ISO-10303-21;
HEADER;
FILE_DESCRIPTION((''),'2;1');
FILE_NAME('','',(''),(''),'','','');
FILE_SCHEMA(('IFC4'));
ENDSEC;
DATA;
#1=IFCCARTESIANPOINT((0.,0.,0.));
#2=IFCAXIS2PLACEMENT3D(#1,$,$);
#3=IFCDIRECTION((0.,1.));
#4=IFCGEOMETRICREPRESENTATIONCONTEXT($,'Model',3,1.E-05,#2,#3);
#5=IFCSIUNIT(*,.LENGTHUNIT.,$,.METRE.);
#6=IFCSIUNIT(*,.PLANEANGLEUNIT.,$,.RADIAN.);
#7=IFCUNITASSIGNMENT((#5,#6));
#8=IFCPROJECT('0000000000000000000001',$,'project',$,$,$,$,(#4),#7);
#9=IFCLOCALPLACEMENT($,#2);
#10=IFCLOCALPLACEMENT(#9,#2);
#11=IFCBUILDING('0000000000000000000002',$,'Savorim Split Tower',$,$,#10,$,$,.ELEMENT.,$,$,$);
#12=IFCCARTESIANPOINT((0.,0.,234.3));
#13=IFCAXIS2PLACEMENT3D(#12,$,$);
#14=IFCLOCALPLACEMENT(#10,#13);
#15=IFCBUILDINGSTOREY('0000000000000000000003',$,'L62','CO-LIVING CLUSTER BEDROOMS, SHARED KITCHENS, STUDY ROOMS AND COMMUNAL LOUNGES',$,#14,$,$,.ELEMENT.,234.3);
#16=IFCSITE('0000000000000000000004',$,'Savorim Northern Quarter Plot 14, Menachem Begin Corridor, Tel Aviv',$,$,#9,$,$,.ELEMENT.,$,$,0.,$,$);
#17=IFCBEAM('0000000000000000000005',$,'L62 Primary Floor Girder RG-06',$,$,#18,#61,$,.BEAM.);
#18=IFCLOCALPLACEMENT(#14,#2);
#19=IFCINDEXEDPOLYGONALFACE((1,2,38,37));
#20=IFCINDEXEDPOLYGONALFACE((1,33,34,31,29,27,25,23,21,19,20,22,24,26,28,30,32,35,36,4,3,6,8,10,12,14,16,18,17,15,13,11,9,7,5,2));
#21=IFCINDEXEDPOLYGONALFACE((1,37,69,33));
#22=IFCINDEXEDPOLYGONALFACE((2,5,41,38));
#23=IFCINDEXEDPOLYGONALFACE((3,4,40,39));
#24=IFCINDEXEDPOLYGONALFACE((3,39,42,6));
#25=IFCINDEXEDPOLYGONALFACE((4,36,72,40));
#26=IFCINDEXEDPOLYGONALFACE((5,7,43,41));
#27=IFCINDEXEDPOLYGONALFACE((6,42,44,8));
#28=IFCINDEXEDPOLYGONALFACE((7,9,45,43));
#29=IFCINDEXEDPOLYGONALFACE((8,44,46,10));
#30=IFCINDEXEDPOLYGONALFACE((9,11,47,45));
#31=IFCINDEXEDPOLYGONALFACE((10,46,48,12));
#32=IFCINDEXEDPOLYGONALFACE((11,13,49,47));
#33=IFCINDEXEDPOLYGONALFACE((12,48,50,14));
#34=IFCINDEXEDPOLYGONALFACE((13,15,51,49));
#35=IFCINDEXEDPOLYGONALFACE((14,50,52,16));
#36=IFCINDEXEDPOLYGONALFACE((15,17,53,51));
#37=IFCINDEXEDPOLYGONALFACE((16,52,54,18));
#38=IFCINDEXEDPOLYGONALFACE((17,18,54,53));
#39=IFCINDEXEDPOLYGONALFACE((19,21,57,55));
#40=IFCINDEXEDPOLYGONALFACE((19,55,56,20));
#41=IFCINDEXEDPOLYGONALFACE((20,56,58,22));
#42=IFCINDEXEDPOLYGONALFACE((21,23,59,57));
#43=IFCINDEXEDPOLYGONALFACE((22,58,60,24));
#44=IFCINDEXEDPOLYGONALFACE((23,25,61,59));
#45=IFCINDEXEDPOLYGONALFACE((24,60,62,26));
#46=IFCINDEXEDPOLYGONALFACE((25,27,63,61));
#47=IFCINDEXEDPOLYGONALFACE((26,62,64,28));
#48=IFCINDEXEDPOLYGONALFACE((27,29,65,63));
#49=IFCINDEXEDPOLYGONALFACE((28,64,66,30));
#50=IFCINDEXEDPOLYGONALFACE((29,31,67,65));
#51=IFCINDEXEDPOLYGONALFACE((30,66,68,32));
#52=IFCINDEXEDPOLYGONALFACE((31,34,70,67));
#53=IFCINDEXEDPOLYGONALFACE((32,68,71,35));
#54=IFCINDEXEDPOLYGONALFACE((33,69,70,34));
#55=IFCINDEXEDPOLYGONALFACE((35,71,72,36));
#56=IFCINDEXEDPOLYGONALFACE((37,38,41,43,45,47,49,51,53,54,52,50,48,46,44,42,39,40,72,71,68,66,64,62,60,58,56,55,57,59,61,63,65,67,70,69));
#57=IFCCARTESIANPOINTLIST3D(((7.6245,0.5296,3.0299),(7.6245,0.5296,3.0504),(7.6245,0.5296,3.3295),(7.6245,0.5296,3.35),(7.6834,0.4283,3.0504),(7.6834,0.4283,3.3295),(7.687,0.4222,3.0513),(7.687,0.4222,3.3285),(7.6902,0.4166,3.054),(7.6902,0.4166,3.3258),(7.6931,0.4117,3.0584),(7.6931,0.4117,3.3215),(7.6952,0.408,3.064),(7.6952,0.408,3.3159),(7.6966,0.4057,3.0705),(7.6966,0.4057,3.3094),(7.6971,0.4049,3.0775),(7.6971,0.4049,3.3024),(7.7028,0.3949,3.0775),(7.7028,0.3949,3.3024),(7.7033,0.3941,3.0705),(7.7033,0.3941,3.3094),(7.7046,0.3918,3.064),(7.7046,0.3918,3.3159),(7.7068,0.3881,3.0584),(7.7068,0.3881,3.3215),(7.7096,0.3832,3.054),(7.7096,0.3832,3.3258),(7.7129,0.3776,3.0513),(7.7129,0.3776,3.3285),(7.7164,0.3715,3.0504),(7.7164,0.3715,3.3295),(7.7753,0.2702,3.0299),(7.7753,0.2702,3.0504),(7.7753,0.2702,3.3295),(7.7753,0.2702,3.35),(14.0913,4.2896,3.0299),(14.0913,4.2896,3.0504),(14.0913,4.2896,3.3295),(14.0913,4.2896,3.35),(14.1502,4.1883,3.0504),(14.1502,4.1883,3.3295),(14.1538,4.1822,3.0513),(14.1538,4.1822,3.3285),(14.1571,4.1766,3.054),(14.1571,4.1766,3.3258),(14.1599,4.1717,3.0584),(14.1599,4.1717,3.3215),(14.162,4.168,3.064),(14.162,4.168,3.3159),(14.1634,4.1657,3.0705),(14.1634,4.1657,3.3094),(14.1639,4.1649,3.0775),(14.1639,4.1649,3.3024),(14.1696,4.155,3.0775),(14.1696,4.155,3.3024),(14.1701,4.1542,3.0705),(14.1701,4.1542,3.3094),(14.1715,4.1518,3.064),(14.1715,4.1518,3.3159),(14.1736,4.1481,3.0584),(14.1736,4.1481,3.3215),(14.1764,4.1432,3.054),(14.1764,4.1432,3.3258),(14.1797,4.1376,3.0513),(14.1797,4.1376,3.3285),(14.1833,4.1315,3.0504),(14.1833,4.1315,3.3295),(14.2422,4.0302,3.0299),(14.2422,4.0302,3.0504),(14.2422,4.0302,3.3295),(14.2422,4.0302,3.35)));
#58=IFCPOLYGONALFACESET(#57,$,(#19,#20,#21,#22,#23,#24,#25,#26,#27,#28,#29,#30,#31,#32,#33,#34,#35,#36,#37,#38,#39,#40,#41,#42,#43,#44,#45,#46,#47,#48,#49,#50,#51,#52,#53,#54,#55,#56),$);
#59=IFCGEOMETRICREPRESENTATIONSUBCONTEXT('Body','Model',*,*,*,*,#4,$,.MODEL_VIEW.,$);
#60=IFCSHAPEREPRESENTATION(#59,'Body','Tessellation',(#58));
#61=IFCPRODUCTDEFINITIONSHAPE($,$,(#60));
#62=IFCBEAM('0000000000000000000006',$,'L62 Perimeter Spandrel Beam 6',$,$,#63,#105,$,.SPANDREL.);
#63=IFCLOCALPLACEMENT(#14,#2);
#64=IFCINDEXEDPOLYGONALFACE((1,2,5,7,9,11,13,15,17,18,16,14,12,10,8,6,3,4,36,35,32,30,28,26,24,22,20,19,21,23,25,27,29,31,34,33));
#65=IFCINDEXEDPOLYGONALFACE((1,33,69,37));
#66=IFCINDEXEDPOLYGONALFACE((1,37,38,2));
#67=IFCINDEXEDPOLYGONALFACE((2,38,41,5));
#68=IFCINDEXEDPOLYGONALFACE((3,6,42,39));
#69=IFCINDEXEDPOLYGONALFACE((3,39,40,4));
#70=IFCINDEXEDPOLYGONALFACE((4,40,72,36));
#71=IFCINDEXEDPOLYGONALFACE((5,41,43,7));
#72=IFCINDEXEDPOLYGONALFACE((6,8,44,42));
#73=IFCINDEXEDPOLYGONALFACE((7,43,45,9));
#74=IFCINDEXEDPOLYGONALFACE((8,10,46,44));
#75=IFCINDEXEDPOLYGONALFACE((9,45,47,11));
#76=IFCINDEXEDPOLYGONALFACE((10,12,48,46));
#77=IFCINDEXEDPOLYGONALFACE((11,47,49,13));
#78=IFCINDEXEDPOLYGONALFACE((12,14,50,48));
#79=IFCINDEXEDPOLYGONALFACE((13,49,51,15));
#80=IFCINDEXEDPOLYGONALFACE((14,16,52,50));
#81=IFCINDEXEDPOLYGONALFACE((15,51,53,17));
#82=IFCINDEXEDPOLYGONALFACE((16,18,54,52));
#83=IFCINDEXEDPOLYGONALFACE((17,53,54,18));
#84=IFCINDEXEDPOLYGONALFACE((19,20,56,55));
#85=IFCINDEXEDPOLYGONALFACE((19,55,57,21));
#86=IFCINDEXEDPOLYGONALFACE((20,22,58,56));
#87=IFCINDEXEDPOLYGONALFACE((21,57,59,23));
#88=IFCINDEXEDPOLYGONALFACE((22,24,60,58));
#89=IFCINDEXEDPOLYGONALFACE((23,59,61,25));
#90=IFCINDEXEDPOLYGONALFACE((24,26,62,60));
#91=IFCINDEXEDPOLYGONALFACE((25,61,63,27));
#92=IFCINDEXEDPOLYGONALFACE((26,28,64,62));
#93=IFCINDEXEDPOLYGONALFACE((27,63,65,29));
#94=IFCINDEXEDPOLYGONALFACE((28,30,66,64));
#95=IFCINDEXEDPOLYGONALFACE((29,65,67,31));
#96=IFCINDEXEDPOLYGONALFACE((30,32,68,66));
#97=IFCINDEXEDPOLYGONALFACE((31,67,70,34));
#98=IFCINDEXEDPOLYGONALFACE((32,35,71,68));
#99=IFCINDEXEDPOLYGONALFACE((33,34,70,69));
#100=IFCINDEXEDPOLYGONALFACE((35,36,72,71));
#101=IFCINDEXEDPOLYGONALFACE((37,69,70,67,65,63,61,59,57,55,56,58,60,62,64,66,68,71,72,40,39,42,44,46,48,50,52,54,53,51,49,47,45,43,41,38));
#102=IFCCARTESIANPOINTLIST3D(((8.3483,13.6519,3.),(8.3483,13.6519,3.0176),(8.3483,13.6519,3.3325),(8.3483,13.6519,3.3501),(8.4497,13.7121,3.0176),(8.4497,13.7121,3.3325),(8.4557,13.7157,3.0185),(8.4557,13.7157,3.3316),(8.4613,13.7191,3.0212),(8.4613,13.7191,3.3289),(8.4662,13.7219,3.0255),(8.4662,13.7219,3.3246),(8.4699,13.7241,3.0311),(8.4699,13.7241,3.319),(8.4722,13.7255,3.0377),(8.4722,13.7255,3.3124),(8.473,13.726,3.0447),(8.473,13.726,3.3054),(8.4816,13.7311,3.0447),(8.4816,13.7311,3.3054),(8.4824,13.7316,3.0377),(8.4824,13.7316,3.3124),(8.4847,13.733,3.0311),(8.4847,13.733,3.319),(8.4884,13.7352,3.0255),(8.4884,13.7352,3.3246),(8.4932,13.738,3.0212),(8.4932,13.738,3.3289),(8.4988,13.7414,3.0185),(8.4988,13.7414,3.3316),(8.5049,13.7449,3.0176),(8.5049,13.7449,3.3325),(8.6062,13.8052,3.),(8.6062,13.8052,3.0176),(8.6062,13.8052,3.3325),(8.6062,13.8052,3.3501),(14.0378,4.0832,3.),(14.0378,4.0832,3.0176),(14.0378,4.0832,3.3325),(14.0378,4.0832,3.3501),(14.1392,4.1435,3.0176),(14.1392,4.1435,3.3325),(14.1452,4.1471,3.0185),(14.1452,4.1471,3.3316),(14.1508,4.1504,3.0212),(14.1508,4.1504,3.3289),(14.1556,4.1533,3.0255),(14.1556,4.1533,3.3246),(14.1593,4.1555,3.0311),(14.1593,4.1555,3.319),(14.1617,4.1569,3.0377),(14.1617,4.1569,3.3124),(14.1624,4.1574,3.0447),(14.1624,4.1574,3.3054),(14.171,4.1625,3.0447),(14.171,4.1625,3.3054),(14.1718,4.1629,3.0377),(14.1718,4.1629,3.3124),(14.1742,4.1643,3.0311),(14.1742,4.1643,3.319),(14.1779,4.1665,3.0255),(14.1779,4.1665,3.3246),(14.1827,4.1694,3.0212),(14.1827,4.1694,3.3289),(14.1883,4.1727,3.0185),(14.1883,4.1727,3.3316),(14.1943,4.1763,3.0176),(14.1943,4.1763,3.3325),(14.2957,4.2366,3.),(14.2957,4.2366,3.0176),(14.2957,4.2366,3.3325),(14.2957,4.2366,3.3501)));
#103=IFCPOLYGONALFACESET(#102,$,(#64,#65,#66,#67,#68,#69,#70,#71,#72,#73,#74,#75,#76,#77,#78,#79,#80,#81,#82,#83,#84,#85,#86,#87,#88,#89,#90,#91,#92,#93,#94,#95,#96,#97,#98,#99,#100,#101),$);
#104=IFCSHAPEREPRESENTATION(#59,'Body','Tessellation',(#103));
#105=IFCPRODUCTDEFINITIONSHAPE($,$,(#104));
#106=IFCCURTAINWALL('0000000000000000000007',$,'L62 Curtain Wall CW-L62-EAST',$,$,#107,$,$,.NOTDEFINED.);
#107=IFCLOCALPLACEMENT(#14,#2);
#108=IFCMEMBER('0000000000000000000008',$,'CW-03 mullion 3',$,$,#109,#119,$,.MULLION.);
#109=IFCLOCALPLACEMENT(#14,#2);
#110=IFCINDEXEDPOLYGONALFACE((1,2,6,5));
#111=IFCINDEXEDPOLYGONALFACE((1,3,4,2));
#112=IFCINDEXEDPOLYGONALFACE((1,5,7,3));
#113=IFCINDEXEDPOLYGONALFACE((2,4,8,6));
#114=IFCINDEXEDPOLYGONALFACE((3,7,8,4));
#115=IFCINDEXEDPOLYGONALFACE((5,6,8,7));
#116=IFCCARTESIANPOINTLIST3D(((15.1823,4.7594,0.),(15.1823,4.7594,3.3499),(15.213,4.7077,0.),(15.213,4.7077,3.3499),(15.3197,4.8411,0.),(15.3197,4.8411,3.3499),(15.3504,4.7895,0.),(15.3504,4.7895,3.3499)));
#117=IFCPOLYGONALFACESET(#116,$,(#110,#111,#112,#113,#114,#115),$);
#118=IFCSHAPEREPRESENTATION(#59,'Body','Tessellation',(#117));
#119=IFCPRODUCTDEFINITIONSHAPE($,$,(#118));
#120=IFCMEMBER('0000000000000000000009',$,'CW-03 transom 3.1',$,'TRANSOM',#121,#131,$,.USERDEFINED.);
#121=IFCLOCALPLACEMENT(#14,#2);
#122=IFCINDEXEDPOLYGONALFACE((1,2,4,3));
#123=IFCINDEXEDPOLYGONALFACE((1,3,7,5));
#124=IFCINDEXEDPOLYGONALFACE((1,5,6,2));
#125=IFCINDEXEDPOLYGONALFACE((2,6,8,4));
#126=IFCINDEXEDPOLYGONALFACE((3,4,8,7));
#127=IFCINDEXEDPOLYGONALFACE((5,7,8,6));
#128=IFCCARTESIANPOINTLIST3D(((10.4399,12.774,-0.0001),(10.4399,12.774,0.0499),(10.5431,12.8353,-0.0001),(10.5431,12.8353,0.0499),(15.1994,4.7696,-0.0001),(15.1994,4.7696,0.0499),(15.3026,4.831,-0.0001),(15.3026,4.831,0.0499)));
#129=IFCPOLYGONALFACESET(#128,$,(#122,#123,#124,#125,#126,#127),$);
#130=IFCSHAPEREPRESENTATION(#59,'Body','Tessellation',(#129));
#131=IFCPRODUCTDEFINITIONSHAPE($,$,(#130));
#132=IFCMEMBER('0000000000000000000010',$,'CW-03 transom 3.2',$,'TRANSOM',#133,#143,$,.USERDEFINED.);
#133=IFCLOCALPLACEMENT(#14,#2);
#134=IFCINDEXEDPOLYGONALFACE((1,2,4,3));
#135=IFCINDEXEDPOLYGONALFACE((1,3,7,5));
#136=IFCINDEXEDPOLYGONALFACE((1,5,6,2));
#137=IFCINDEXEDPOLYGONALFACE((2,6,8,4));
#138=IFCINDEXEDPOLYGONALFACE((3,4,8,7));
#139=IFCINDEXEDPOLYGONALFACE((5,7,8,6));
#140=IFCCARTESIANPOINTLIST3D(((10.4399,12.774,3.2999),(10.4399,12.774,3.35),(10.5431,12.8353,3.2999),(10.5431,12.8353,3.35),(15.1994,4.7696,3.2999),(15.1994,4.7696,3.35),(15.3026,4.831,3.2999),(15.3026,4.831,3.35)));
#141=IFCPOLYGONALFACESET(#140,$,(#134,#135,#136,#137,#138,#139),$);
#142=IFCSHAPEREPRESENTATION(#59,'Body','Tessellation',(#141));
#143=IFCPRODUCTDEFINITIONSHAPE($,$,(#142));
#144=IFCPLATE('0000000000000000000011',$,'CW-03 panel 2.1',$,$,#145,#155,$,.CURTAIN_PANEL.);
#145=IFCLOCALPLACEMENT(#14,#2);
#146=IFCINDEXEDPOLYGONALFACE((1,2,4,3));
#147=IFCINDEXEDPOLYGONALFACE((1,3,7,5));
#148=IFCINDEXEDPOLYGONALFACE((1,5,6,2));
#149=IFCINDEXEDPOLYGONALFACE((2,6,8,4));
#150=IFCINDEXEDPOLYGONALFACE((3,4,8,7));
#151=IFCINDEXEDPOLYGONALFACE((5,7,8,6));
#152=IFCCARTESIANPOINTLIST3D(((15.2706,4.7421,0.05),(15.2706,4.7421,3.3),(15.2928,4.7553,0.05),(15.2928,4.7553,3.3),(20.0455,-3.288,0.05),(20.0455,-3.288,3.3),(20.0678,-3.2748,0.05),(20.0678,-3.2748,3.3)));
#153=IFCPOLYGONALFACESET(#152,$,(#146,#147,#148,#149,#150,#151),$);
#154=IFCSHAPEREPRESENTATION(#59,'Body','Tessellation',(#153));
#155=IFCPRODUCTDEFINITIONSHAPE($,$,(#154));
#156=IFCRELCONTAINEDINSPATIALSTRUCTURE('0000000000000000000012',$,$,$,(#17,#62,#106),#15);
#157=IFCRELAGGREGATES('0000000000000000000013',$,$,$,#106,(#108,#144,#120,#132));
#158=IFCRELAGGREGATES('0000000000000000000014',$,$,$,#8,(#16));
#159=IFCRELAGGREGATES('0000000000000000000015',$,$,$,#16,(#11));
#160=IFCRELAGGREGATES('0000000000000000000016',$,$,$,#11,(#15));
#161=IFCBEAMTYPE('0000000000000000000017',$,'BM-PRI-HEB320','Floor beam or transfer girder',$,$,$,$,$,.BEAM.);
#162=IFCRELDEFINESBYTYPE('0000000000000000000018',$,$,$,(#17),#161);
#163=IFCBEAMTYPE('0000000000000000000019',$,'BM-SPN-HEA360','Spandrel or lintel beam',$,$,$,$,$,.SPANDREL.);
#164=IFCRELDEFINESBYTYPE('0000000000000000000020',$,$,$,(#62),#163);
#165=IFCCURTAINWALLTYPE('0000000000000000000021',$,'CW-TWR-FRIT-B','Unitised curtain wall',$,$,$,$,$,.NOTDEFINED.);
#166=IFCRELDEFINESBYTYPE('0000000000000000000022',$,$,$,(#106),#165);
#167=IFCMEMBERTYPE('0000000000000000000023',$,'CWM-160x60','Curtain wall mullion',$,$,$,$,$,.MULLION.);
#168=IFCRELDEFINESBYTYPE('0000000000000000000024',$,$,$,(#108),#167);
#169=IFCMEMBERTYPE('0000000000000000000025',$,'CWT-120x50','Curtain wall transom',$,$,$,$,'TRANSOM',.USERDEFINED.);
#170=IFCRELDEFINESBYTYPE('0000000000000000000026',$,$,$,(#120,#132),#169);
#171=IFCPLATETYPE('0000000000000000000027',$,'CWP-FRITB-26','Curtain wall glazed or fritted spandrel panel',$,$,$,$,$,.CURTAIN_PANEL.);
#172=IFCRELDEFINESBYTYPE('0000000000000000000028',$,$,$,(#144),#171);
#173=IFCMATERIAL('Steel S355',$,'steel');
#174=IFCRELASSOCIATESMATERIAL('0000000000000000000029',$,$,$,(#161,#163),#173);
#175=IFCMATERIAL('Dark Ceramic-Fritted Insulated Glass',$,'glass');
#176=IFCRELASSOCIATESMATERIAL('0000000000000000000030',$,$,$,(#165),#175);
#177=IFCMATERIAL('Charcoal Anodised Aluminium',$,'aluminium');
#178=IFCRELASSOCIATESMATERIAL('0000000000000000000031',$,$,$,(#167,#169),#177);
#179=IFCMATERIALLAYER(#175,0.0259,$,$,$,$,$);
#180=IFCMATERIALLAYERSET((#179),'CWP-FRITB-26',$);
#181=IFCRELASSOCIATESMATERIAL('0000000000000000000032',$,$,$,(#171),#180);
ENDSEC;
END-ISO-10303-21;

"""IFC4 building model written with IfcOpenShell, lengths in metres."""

from ifc_helpers import new_model, si_unit, direction, frame, origin, origin_2d, place, context, subcontext, project, spatial, rectangle, i_section, extrude, material, layer, layer_set, material_profile, profile_set, type_object, element, aggregate, save


model = new_model("IFC4")

# Units and contexts
model_context = context("Model", 3, precision=1e-05, world=origin(), true_north=direction((0.0, 1.0)))
body_context = subcontext(model_context, "Body", "Model", "MODEL_VIEW")
ifc_project = project(units=[si_unit("LENGTHUNIT", "METRE"), si_unit("PLANEANGLEUNIT", "RADIAN")], contexts=[model_context])

# Site, building, storey
site_placement = place(None, origin())
site = spatial("IfcSite", under=ifc_project, at=site_placement, Name="Savorim Northern Quarter Plot 14, Menachem Begin Corridor, Tel Aviv", CompositionType="ELEMENT", RefElevation=0.0)
building_placement = place(site_placement, origin())
building = spatial("IfcBuilding", under=site, at=building_placement, Name="Savorim Split Tower", CompositionType="ELEMENT")
storey_placement = place(building_placement, frame((0.0, 0.0, 234.3)))
storey = spatial("IfcBuildingStorey", under=building, at=storey_placement, Name="L62", Description="CO-LIVING CLUSTER BEDROOMS, SHARED KITCHENS, STUDY ROOMS AND COMMUNAL LOUNGES", CompositionType="ELEMENT", Elevation=234.3)

# Shared definitions
ifc_material_1 = material(Name="Steel S355", Category="steel")

# Beams
ifc_material_profile_1 = material_profile(ifc_material_1, i_section(OverallWidth=0.3, OverallDepth=0.3201, WebThickness=0.0115, FlangeThickness=0.0205, FilletRadius=0.0271, at=origin_2d()), Name="HEB 320")
ifc_profile_set_1 = profile_set([ifc_material_profile_1], Name="Steel S355")
beam_type_1 = type_object("IfcBeamType", Name="BM-PRI-HEB320", Description="Floor beam or transfer girder", PredefinedType="BEAM", material=ifc_profile_set_1)
beam_1_placement = place(storey_placement, frame((14.1667, 4.1599, 3.1899), z_axis=(-0.864493, -0.502645, 0.0), x_axis=(0.502645, -0.864493, 0.0)))
element("IfcBeam", 1, at=beam_1_placement, inside=storey, type_object=beam_type_1, Name="L62 Primary Floor Girder RG-06", PredefinedType="BEAM", context=body_context, shape_type="SweptSolid", body=[
    extrude(i_section(OverallWidth=0.3, OverallDepth=0.3201, WebThickness=0.0115, FlangeThickness=0.0205, FilletRadius=0.0271, at=origin_2d()), origin(), (0.0, 0.0, 1.0), 7.4805),
])
ifc_material_profile_2 = material_profile(ifc_material_1, i_section(OverallWidth=0.3, OverallDepth=0.3501, WebThickness=0.01, FlangeThickness=0.0176, FilletRadius=0.0271, at=origin_2d()), Name="HEA 360")
ifc_profile_set_2 = profile_set([ifc_material_profile_2], Name="Steel S355")
beam_type_2 = type_object("IfcBeamType", Name="BM-SPN-HEA360", Description="Spandrel or lintel beam", PredefinedType="SPANDREL", material=ifc_profile_set_2)
beam_2_placement = place(storey_placement, frame((14.1667, 4.1599, 3.175), z_axis=(-0.511076, 0.859535, 0.0), x_axis=(-0.859535, -0.511076, 0.0)))
element("IfcBeam", 2, at=beam_2_placement, inside=storey, type_object=beam_type_2, Name="L62 Perimeter Spandrel Beam 6", PredefinedType="SPANDREL", context=body_context, shape_type="SweptSolid", body=[
    extrude(i_section(OverallWidth=0.3, OverallDepth=0.3501, WebThickness=0.01, FlangeThickness=0.0176, FilletRadius=0.0271, at=origin_2d()), origin(), (0.0, 0.0, 1.0), 11.1323),
])

# Curtain wall, members, plate
ifc_material_2 = material(Name="Dark Ceramic-Fritted Insulated Glass", Category="glass")
curtain_wall_type = type_object("IfcCurtainWallType", Name="CW-TWR-FRIT-B", Description="Unitised curtain wall", PredefinedType="NOTDEFINED", material=ifc_material_2)
curtain_wall_placement = place(storey_placement, origin())
curtain_wall = element("IfcCurtainWall", 3, at=curtain_wall_placement, inside=storey, type_object=curtain_wall_type, Name="L62 Curtain Wall CW-L62-EAST", PredefinedType="NOTDEFINED")
ifc_material_3 = material(Name="Charcoal Anodised Aluminium", Category="aluminium")
ifc_material_profile_3 = material_profile(ifc_material_3, rectangle(XDim=0.1599, YDim=0.0601, at=origin_2d()), Name="ALU-M 160x60")
ifc_profile_set_3 = profile_set([ifc_material_profile_3], Name="Charcoal Anodised Aluminium")
member_type_1 = type_object("IfcMemberType", Name="CWM-160x60", Description="Curtain wall mullion", PredefinedType="MULLION", material=ifc_profile_set_3)
member_1_placement = place(storey_placement, frame((15.2664, 4.7744, 0.0), z_axis=(0.0, 0.0, 1.0), x_axis=(-0.859524, -0.511096, 0.0)))
member_1 = element("IfcMember", 4, at=member_1_placement, type_object=member_type_1, Name="CW-03 mullion 3", PredefinedType="MULLION", context=body_context, shape_type="SweptSolid", body=[
    extrude(rectangle(XDim=0.1599, YDim=0.0601, at=origin_2d()), origin(), (0.0, 0.0, 1.0), 3.3499),
])
ifc_material_profile_4 = material_profile(ifc_material_3, rectangle(XDim=0.1201, YDim=0.05, at=origin_2d()), Name="ALU-T 120x50")
ifc_profile_set_4 = profile_set([ifc_material_profile_4], Name="Charcoal Anodised Aluminium")
member_type_2 = type_object("IfcMemberType", Name="CWT-120x50", Description="Curtain wall transom", ElementType="TRANSOM", PredefinedType="USERDEFINED", material=ifc_profile_set_4)
member_2_placement = place(storey_placement, frame((15.251, 4.8003, 0.0249), z_axis=(-0.511087, 0.859529, 0.0), x_axis=(-0.859529, -0.511087, 0.0)))
member_2 = element("IfcMember", 5, at=member_2_placement, type_object=member_type_2, Name="CW-03 transom 3.1", ObjectType="TRANSOM", PredefinedType="USERDEFINED", context=body_context, shape_type="SweptSolid", body=[
    extrude(rectangle(XDim=0.1201, YDim=0.05, at=origin_2d()), origin(), (0.0, 0.0, 1.0), 9.3125),
])
member_3_placement = place(storey_placement, frame((15.251, 4.8003, 3.325), z_axis=(-0.511087, 0.859529, 0.0), x_axis=(-0.859529, -0.511087, 0.0)))
member_3 = element("IfcMember", 6, at=member_3_placement, type_object=member_type_2, Name="CW-03 transom 3.2", ObjectType="TRANSOM", PredefinedType="USERDEFINED", context=body_context, shape_type="SweptSolid", body=[
    extrude(rectangle(XDim=0.1201, YDim=0.05, at=origin_2d()), origin(), (0.0, 0.0, 1.0), 9.3125),
])
ifc_layer_1 = layer(ifc_material_2, 0.0259)
ifc_layer_set_1 = layer_set([ifc_layer_1], Name="CWP-FRITB-26")
plate_type = type_object("IfcPlateType", Name="CWP-FRITB-26", Description="Curtain wall glazed or fritted spandrel panel", PredefinedType="CURTAIN_PANEL", material=ifc_layer_set_1)
plate_placement = place(storey_placement, frame((17.6692, 0.7336, 0.05), z_axis=(0.0, 0.0, 1.0), x_axis=(-0.511096, 0.859524, 0.0)))
plate = element("IfcPlate", 7, at=plate_placement, type_object=plate_type, Name="CW-03 panel 2.1", PredefinedType="CURTAIN_PANEL", context=body_context, shape_type="SweptSolid", body=[
    extrude(rectangle(XDim=9.3425, YDim=0.0259, at=origin_2d()), origin(), (0.0, 0.0, 1.0), 3.25),
])
aggregate(curtain_wall, [member_1, plate, member_2, member_3])

save(model, "model.ifc")
